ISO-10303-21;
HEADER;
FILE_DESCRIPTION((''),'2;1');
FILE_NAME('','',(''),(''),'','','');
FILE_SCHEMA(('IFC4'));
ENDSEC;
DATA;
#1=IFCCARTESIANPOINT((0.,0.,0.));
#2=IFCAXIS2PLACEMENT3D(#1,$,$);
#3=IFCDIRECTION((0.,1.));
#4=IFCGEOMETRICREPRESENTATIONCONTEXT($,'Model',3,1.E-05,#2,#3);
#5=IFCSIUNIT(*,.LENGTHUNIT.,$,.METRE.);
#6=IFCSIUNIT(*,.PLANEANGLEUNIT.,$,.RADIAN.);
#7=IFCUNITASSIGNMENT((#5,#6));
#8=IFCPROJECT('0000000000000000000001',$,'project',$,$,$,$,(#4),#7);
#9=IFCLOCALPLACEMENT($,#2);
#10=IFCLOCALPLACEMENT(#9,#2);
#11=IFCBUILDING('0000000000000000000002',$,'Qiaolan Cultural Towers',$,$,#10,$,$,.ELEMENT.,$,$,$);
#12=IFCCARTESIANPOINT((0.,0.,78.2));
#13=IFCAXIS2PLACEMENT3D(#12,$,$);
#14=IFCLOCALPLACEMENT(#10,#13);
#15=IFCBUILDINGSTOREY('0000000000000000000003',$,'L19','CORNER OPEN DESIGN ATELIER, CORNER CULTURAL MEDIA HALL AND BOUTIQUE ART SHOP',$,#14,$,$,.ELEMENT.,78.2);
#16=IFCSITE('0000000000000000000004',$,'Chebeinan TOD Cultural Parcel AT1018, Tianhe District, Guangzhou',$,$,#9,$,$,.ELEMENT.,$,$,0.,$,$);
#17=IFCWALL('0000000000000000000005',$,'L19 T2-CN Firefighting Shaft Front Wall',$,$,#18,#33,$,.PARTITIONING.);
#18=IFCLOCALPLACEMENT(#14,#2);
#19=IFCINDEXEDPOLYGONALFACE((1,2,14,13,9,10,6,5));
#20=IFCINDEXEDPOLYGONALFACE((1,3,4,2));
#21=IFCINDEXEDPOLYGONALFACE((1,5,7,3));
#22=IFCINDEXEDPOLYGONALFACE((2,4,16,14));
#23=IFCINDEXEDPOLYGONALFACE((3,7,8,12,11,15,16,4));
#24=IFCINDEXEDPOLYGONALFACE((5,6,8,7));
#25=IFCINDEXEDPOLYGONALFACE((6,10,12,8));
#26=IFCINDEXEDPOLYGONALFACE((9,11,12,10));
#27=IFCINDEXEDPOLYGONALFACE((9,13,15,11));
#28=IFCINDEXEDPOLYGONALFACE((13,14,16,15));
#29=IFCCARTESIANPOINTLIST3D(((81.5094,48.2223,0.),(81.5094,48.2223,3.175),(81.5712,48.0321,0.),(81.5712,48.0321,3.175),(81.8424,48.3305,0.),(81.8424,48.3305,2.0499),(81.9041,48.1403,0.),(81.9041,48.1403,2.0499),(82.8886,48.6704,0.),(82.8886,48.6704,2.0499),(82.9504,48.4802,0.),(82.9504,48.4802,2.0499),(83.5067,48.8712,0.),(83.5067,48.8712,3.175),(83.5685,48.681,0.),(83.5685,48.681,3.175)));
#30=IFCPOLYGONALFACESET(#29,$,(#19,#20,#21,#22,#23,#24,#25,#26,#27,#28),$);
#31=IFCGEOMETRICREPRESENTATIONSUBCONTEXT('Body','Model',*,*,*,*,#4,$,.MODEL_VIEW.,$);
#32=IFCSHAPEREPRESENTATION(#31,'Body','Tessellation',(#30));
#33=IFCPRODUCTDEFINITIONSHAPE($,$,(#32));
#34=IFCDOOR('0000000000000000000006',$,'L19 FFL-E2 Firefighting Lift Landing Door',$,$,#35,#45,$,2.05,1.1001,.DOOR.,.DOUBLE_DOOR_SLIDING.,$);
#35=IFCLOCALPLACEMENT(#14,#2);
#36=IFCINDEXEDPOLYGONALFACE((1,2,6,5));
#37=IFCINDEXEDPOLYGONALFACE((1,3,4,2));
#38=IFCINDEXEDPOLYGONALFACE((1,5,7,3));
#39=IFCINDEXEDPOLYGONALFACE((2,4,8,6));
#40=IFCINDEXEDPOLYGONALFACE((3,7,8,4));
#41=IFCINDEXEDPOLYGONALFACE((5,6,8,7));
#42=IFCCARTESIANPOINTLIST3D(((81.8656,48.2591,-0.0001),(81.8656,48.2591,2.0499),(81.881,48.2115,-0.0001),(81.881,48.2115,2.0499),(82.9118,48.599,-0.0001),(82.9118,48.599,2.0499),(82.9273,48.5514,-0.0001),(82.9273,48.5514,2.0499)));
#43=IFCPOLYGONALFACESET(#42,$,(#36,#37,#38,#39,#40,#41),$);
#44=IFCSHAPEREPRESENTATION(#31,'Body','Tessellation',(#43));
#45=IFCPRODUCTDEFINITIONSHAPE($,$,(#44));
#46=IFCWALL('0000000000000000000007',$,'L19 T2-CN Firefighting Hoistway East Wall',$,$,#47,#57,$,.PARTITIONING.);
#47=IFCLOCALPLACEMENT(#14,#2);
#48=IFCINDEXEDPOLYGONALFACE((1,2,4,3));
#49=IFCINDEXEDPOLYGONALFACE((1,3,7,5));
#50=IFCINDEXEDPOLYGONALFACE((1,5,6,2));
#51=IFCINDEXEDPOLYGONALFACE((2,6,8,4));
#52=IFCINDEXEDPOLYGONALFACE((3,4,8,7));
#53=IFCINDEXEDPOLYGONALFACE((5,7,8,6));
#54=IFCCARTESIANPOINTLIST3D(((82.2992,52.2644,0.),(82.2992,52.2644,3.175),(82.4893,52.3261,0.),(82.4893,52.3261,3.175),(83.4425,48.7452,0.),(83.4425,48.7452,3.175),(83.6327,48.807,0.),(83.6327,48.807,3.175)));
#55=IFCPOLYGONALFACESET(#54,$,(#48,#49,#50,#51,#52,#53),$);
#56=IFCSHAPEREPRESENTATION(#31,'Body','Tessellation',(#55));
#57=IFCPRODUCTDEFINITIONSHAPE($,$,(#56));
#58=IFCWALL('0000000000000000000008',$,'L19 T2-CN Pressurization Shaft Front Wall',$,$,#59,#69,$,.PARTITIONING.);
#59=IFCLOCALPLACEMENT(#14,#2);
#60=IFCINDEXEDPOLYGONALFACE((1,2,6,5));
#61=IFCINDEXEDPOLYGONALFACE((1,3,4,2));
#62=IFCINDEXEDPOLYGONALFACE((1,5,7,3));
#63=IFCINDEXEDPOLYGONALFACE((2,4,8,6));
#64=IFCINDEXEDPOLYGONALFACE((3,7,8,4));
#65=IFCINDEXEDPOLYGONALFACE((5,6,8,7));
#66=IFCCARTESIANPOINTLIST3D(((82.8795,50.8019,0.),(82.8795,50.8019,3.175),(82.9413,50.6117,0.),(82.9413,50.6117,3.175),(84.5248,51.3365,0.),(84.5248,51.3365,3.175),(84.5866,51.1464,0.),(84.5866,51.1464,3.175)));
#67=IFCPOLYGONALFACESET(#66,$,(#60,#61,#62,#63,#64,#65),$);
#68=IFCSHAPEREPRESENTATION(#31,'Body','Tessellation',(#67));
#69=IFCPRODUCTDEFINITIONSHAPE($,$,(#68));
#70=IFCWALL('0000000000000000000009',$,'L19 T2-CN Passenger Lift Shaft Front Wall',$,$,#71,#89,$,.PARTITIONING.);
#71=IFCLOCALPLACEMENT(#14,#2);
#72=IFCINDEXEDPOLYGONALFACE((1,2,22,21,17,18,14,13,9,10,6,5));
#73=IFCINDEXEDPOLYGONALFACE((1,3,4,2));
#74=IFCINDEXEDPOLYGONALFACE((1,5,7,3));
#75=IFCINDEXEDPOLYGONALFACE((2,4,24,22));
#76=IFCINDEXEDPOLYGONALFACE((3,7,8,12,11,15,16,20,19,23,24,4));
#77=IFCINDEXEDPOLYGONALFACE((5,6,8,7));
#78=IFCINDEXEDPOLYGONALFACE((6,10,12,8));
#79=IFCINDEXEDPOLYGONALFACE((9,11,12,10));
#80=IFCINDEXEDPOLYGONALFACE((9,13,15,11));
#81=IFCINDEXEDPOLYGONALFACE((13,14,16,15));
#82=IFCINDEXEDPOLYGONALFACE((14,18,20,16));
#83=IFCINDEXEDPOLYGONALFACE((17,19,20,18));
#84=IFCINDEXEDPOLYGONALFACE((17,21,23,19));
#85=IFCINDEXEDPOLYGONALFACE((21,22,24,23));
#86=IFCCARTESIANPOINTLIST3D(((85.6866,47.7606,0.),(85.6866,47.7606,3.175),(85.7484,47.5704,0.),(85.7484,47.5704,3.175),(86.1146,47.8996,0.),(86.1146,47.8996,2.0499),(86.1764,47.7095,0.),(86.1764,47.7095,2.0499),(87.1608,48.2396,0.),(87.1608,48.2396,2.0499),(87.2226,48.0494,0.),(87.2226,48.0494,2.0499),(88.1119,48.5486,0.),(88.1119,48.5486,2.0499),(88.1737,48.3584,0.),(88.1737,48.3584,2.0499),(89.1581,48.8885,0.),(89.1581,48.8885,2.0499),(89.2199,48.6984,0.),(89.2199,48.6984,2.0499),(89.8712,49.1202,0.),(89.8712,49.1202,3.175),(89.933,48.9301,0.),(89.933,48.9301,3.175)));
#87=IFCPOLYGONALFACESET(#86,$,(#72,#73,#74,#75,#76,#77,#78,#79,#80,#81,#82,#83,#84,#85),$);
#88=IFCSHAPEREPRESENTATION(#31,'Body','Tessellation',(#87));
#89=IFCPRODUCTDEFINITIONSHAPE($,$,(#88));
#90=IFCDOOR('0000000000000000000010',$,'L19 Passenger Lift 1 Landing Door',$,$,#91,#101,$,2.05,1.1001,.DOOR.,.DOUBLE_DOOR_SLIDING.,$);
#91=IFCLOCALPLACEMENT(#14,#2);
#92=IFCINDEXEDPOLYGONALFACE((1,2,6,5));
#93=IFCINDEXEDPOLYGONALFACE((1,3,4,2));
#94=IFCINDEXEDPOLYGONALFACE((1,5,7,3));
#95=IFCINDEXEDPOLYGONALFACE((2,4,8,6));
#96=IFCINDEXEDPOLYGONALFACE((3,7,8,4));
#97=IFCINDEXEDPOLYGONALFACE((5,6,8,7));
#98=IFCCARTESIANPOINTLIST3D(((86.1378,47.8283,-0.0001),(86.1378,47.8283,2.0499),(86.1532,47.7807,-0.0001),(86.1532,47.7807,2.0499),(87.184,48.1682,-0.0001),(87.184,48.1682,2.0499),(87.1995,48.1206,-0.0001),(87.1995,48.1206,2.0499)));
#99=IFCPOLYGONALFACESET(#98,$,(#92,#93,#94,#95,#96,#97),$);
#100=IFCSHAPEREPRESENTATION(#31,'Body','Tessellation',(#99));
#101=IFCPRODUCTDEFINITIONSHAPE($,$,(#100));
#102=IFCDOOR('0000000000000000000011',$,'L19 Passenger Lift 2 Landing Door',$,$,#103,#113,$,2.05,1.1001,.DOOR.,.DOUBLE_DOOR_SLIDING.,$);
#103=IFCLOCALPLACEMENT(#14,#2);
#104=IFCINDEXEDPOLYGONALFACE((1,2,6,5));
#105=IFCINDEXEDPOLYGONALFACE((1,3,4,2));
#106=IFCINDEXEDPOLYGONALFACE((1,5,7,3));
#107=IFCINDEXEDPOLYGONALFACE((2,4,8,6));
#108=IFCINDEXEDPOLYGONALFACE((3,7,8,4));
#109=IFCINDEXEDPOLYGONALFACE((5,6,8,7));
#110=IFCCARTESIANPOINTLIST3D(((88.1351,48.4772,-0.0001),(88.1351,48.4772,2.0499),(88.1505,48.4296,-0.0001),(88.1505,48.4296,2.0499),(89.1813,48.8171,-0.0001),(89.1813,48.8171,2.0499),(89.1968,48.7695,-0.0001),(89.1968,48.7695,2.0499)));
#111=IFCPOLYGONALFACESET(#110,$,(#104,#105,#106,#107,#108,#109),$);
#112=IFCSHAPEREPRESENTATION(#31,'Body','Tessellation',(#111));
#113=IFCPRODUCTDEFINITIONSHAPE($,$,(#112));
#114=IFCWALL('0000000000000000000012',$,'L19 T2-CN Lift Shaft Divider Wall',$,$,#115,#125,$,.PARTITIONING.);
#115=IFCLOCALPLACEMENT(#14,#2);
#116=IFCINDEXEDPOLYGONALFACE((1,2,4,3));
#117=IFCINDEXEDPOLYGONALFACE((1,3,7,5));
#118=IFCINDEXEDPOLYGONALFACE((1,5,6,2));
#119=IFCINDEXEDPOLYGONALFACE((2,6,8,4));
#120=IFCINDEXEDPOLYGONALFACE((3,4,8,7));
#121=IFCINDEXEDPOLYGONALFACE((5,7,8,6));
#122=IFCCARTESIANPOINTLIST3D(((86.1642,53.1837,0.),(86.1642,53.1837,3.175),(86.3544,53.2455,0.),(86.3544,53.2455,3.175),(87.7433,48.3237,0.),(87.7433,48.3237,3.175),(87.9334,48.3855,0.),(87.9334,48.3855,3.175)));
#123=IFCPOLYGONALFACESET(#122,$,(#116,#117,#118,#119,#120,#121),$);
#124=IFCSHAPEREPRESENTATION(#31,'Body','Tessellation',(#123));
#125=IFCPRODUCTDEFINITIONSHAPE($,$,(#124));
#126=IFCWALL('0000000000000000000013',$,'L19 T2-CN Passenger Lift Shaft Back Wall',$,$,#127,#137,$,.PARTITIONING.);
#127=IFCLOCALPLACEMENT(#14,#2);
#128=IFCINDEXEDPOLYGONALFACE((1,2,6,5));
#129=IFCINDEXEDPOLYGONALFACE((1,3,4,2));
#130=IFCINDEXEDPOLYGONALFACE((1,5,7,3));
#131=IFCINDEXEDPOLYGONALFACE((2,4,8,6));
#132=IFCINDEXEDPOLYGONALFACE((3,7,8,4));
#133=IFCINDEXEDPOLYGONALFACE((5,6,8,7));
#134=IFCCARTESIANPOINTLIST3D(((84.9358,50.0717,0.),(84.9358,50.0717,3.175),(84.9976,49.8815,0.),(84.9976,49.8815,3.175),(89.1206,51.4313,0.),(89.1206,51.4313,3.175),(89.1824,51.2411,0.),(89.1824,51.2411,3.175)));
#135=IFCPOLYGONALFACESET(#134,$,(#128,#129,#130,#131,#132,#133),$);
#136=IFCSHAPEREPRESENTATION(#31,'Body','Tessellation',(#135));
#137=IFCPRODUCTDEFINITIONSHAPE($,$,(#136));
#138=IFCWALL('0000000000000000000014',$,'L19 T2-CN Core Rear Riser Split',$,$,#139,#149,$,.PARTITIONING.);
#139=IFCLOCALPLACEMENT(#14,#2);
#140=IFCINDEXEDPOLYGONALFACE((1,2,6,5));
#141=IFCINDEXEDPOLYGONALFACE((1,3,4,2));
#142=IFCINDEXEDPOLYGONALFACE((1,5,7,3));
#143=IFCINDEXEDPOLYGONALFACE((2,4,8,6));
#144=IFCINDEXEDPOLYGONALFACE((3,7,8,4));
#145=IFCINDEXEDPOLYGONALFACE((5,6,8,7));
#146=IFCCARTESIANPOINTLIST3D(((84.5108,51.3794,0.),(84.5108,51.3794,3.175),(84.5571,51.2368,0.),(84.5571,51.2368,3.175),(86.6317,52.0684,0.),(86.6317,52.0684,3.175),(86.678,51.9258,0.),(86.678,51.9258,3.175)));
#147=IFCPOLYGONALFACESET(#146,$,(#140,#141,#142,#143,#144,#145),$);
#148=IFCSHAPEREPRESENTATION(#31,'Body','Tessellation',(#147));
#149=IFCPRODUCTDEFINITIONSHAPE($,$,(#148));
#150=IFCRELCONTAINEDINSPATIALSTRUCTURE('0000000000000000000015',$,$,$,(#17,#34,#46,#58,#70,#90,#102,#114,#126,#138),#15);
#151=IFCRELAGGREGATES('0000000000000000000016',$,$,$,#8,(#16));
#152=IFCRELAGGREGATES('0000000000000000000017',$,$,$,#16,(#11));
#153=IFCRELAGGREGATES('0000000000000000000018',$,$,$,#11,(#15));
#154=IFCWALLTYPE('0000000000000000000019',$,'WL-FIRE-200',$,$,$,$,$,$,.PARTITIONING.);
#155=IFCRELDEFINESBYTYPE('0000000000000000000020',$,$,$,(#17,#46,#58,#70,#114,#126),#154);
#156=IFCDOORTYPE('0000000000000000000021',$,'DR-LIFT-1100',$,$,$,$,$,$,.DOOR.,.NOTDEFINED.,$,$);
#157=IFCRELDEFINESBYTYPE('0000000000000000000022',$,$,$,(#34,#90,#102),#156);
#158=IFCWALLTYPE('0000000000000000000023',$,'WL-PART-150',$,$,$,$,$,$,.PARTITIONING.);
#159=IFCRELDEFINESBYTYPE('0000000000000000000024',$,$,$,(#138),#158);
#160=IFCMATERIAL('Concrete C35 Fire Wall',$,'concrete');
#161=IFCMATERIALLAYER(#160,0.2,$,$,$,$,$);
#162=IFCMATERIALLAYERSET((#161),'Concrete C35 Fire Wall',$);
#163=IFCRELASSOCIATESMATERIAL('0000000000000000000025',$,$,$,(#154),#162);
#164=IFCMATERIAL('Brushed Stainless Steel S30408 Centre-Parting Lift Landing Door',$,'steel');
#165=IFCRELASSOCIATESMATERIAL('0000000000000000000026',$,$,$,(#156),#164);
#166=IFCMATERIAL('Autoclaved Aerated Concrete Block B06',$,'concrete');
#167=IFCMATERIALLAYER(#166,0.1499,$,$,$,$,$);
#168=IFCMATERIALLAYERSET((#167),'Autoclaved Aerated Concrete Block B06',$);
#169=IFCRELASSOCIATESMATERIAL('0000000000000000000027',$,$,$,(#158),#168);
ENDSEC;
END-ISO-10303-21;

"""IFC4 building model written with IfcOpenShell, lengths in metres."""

from ifc_helpers import new_model, si_unit, direction, frame, frame_2d, origin, place, context, subcontext, project, spatial, rectangle, extrude, material, layer, layer_set, type_object, element, fill, save


model = new_model("IFC4")

# Units and contexts
model_context = context("Model", 3, precision=1e-05, world=origin(), true_north=direction((0.0, 1.0)))
body_context = subcontext(model_context, "Body", "Model", "MODEL_VIEW")
ifc_project = project(units=[si_unit("LENGTHUNIT", "METRE"), si_unit("PLANEANGLEUNIT", "RADIAN")], contexts=[model_context])

# Site, building, storey
site_placement = place(None, origin())
site = spatial("IfcSite", under=ifc_project, at=site_placement, Name="Chebeinan TOD Cultural Parcel AT1018, Tianhe District, Guangzhou", CompositionType="ELEMENT", RefElevation=0.0)
building_placement = place(site_placement, origin())
building = spatial("IfcBuilding", under=site, at=building_placement, Name="Qiaolan Cultural Towers", CompositionType="ELEMENT")
storey_placement = place(building_placement, frame((0.0, 0.0, 78.2)))
storey = spatial("IfcBuildingStorey", under=building, at=storey_placement, Name="L19", Description="CORNER OPEN DESIGN ATELIER, CORNER CULTURAL MEDIA HALL AND BOUTIQUE ART SHOP", CompositionType="ELEMENT", Elevation=78.2)

# Wall, opening, door
ifc_material_1 = material(Name="Concrete C35 Fire Wall", Category="concrete")
ifc_layer_1 = layer(ifc_material_1, 0.2)
ifc_layer_set_1 = layer_set([ifc_layer_1], Name="Concrete C35 Fire Wall")
wall_type_1 = type_object("IfcWallType", Name="WL-FIRE-200", PredefinedType="PARTITIONING", material=ifc_layer_set_1)
wall_1_placement = place(storey_placement, frame((81.5403, 48.1272, 0.0), z_axis=(0.0, 0.0, 1.0), x_axis=(0.951062, 0.308999, 0.0)))
wall_1 = element("IfcWall", 1, at=wall_1_placement, inside=storey, type_object=wall_type_1, Name="L19 T2-CN Firefighting Shaft Front Wall", PredefinedType="PARTITIONING", context=body_context, shape_type="SweptSolid", body=[
    extrude(rectangle(XDim=2.1001, YDim=0.2, at=frame_2d((1.05, 0.0))), origin(), (0.0, 0.0, 1.0), 3.175),
])
opening_1_placement = place(wall_1_placement, frame((0.3501, 0.0, 0.0)))
opening_1 = element("IfcOpeningElement", 2, at=opening_1_placement, cuts=wall_1, PredefinedType="OPENING", context=body_context, shape_type="SweptSolid", body=[
    extrude(rectangle(XDim=1.1001, YDim=2.05, at=frame_2d((0.55, 1.0249))), frame((0.0, 0.1099, 0.0), z_axis=(0.0, -1.0, 0.0), x_axis=(1.0, 0.0, 0.0)), (0.0, 0.0, 1.0), 0.22),
])
ifc_material_2 = material(Name="Brushed Stainless Steel S30408 Centre-Parting Lift Landing Door", Category="steel")
door_type = type_object("IfcDoorType", Name="DR-LIFT-1100", OperationType="NOTDEFINED", PredefinedType="DOOR", material=ifc_material_2)
door_1_placement = place(opening_1_placement, origin())
door_1 = element("IfcDoor", 3, at=door_1_placement, inside=storey, type_object=door_type, Name="L19 FFL-E2 Firefighting Lift Landing Door", OperationType="DOUBLE_DOOR_SLIDING", OverallHeight=2.05, OverallWidth=1.1001, PredefinedType="DOOR", context=body_context, shape_type="SweptSolid", body=[
    extrude(rectangle(XDim=1.1001, YDim=2.05, at=frame_2d((0.55, 1.0249))), frame((0.0, 0.0249, 0.0), z_axis=(0.0, -1.0, 0.0), x_axis=(1.0, 0.0, 0.0)), (0.0, 0.0, 1.0), 0.05),
])
fill(opening_1, door_1)

# Walls
wall_2_placement = place(storey_placement, frame((83.5376, 48.7761, 0.0), z_axis=(0.0, 0.0, 1.0), x_axis=(-0.308994, 0.951064, 0.0)))
element("IfcWall", 4, at=wall_2_placement, inside=storey, type_object=wall_type_1, Name="L19 T2-CN Firefighting Hoistway East Wall", PredefinedType="PARTITIONING", context=body_context, shape_type="SweptSolid", body=[
    extrude(rectangle(XDim=3.7002, YDim=0.2, at=frame_2d((1.8501, 0.0))), origin(), (0.0, 0.0, 1.0), 3.175),
])
wall_3_placement = place(storey_placement, frame((82.9104, 50.7068, 0.0), z_axis=(0.0, 0.0, 1.0), x_axis=(0.951041, 0.309064, 0.0)))
element("IfcWall", 5, at=wall_3_placement, inside=storey, type_object=wall_type_1, Name="L19 T2-CN Pressurization Shaft Front Wall", PredefinedType="PARTITIONING", context=body_context, shape_type="SweptSolid", body=[
    extrude(rectangle(XDim=1.73, YDim=0.2, at=frame_2d((0.865, 0.0))), origin(), (0.0, 0.0, 1.0), 3.175),
])

# Wall, openings, doors
wall_4_placement = place(storey_placement, frame((85.7175, 47.6655, 0.0), z_axis=(0.0, 0.0, 1.0), x_axis=(0.951059, 0.309011, 0.0)))
wall_4 = element("IfcWall", 6, at=wall_4_placement, inside=storey, type_object=wall_type_1, Name="L19 T2-CN Passenger Lift Shaft Front Wall", PredefinedType="PARTITIONING", context=body_context, shape_type="SweptSolid", body=[
    extrude(rectangle(XDim=4.3999, YDim=0.2, at=frame_2d((2.2, 0.0))), origin(), (0.0, 0.0, 1.0), 3.175),
])
opening_2_placement = place(wall_4_placement, frame((0.45, 0.0, 0.0)))
opening_2 = element("IfcOpeningElement", 7, at=opening_2_placement, cuts=wall_4, PredefinedType="OPENING", context=body_context, shape_type="SweptSolid", body=[
    extrude(rectangle(XDim=1.1001, YDim=2.05, at=frame_2d((0.55, 1.0249))), frame((0.0, 0.1099, 0.0), z_axis=(0.0, -1.0, 0.0), x_axis=(1.0, 0.0, 0.0)), (0.0, 0.0, 1.0), 0.22),
])
opening_3_placement = place(wall_4_placement, frame((2.55, 0.0, 0.0)))
opening_3 = element("IfcOpeningElement", 8, at=opening_3_placement, cuts=wall_4, PredefinedType="OPENING", context=body_context, shape_type="SweptSolid", body=[
    extrude(rectangle(XDim=1.1001, YDim=2.05, at=frame_2d((0.55, 1.0249))), frame((0.0, 0.1099, 0.0), z_axis=(0.0, -1.0, 0.0), x_axis=(1.0, 0.0, 0.0)), (0.0, 0.0, 1.0), 0.22),
])
door_2_placement = place(opening_2_placement, origin())
door_2 = element("IfcDoor", 9, at=door_2_placement, inside=storey, type_object=door_type, Name="L19 Passenger Lift 1 Landing Door", OperationType="DOUBLE_DOOR_SLIDING", OverallHeight=2.05, OverallWidth=1.1001, PredefinedType="DOOR", context=body_context, shape_type="SweptSolid", body=[
    extrude(rectangle(XDim=1.1001, YDim=2.05, at=frame_2d((0.55, 1.0249))), frame((0.0, 0.0249, 0.0), z_axis=(0.0, -1.0, 0.0), x_axis=(1.0, 0.0, 0.0)), (0.0, 0.0, 1.0), 0.05),
])
fill(opening_2, door_2)
door_3_placement = place(opening_3_placement, origin())
door_3 = element("IfcDoor", 10, at=door_3_placement, inside=storey, type_object=door_type, Name="L19 Passenger Lift 2 Landing Door", OperationType="DOUBLE_DOOR_SLIDING", OverallHeight=2.05, OverallWidth=1.1001, PredefinedType="DOOR", context=body_context, shape_type="SweptSolid", body=[
    extrude(rectangle(XDim=1.1001, YDim=2.05, at=frame_2d((0.55, 1.0249))), frame((0.0, 0.0249, 0.0), z_axis=(0.0, -1.0, 0.0), x_axis=(1.0, 0.0, 0.0)), (0.0, 0.0, 1.0), 0.05),
])
fill(opening_3, door_3)

# Walls
wall_5_placement = place(storey_placement, frame((87.8384, 48.3545, 0.0), z_axis=(0.0, 0.0, 1.0), x_axis=(-0.309009, 0.951059, 0.0)))
element("IfcWall", 11, at=wall_5_placement, inside=storey, type_object=wall_type_1, Name="L19 T2-CN Lift Shaft Divider Wall", PredefinedType="PARTITIONING", context=body_context, shape_type="SweptSolid", body=[
    extrude(rectangle(XDim=5.1101, YDim=0.2, at=frame_2d((2.5552, 0.0))), origin(), (0.0, 0.0, 1.0), 3.175),
])
wall_6_placement = place(storey_placement, frame((84.9666, 49.9766, 0.0), z_axis=(0.0, 0.0, 1.0), x_axis=(0.951064, 0.308994, 0.0)))
element("IfcWall", 12, at=wall_6_placement, inside=storey, type_object=wall_type_1, Name="L19 T2-CN Passenger Lift Shaft Back Wall", PredefinedType="PARTITIONING", context=body_context, shape_type="SweptSolid", body=[
    extrude(rectangle(XDim=4.4001, YDim=0.2, at=frame_2d((2.2002, 0.0))), origin(), (0.0, 0.0, 1.0), 3.175),
])
ifc_material_3 = material(Name="Autoclaved Aerated Concrete Block B06", Category="concrete")
ifc_layer_2 = layer(ifc_material_3, 0.1499)
ifc_layer_set_2 = layer_set([ifc_layer_2], Name="Autoclaved Aerated Concrete Block B06")
wall_type_2 = type_object("IfcWallType", Name="WL-PART-150", PredefinedType="PARTITIONING", material=ifc_layer_set_2)
wall_7_placement = place(storey_placement, frame((84.5339, 51.3081, 0.0), z_axis=(0.0, 0.0, 1.0), x_axis=(0.951075, 0.30896, 0.0)))
element("IfcWall", 13, at=wall_7_placement, inside=storey, type_object=wall_type_2, Name="L19 T2-CN Core Rear Riser Split", PredefinedType="PARTITIONING", context=body_context, shape_type="SweptSolid", body=[
    extrude(rectangle(XDim=2.23, YDim=0.1499, at=frame_2d((1.115, 0.0))), origin(), (0.0, 0.0, 1.0), 3.175),
])

save(model, "model.ifc")
